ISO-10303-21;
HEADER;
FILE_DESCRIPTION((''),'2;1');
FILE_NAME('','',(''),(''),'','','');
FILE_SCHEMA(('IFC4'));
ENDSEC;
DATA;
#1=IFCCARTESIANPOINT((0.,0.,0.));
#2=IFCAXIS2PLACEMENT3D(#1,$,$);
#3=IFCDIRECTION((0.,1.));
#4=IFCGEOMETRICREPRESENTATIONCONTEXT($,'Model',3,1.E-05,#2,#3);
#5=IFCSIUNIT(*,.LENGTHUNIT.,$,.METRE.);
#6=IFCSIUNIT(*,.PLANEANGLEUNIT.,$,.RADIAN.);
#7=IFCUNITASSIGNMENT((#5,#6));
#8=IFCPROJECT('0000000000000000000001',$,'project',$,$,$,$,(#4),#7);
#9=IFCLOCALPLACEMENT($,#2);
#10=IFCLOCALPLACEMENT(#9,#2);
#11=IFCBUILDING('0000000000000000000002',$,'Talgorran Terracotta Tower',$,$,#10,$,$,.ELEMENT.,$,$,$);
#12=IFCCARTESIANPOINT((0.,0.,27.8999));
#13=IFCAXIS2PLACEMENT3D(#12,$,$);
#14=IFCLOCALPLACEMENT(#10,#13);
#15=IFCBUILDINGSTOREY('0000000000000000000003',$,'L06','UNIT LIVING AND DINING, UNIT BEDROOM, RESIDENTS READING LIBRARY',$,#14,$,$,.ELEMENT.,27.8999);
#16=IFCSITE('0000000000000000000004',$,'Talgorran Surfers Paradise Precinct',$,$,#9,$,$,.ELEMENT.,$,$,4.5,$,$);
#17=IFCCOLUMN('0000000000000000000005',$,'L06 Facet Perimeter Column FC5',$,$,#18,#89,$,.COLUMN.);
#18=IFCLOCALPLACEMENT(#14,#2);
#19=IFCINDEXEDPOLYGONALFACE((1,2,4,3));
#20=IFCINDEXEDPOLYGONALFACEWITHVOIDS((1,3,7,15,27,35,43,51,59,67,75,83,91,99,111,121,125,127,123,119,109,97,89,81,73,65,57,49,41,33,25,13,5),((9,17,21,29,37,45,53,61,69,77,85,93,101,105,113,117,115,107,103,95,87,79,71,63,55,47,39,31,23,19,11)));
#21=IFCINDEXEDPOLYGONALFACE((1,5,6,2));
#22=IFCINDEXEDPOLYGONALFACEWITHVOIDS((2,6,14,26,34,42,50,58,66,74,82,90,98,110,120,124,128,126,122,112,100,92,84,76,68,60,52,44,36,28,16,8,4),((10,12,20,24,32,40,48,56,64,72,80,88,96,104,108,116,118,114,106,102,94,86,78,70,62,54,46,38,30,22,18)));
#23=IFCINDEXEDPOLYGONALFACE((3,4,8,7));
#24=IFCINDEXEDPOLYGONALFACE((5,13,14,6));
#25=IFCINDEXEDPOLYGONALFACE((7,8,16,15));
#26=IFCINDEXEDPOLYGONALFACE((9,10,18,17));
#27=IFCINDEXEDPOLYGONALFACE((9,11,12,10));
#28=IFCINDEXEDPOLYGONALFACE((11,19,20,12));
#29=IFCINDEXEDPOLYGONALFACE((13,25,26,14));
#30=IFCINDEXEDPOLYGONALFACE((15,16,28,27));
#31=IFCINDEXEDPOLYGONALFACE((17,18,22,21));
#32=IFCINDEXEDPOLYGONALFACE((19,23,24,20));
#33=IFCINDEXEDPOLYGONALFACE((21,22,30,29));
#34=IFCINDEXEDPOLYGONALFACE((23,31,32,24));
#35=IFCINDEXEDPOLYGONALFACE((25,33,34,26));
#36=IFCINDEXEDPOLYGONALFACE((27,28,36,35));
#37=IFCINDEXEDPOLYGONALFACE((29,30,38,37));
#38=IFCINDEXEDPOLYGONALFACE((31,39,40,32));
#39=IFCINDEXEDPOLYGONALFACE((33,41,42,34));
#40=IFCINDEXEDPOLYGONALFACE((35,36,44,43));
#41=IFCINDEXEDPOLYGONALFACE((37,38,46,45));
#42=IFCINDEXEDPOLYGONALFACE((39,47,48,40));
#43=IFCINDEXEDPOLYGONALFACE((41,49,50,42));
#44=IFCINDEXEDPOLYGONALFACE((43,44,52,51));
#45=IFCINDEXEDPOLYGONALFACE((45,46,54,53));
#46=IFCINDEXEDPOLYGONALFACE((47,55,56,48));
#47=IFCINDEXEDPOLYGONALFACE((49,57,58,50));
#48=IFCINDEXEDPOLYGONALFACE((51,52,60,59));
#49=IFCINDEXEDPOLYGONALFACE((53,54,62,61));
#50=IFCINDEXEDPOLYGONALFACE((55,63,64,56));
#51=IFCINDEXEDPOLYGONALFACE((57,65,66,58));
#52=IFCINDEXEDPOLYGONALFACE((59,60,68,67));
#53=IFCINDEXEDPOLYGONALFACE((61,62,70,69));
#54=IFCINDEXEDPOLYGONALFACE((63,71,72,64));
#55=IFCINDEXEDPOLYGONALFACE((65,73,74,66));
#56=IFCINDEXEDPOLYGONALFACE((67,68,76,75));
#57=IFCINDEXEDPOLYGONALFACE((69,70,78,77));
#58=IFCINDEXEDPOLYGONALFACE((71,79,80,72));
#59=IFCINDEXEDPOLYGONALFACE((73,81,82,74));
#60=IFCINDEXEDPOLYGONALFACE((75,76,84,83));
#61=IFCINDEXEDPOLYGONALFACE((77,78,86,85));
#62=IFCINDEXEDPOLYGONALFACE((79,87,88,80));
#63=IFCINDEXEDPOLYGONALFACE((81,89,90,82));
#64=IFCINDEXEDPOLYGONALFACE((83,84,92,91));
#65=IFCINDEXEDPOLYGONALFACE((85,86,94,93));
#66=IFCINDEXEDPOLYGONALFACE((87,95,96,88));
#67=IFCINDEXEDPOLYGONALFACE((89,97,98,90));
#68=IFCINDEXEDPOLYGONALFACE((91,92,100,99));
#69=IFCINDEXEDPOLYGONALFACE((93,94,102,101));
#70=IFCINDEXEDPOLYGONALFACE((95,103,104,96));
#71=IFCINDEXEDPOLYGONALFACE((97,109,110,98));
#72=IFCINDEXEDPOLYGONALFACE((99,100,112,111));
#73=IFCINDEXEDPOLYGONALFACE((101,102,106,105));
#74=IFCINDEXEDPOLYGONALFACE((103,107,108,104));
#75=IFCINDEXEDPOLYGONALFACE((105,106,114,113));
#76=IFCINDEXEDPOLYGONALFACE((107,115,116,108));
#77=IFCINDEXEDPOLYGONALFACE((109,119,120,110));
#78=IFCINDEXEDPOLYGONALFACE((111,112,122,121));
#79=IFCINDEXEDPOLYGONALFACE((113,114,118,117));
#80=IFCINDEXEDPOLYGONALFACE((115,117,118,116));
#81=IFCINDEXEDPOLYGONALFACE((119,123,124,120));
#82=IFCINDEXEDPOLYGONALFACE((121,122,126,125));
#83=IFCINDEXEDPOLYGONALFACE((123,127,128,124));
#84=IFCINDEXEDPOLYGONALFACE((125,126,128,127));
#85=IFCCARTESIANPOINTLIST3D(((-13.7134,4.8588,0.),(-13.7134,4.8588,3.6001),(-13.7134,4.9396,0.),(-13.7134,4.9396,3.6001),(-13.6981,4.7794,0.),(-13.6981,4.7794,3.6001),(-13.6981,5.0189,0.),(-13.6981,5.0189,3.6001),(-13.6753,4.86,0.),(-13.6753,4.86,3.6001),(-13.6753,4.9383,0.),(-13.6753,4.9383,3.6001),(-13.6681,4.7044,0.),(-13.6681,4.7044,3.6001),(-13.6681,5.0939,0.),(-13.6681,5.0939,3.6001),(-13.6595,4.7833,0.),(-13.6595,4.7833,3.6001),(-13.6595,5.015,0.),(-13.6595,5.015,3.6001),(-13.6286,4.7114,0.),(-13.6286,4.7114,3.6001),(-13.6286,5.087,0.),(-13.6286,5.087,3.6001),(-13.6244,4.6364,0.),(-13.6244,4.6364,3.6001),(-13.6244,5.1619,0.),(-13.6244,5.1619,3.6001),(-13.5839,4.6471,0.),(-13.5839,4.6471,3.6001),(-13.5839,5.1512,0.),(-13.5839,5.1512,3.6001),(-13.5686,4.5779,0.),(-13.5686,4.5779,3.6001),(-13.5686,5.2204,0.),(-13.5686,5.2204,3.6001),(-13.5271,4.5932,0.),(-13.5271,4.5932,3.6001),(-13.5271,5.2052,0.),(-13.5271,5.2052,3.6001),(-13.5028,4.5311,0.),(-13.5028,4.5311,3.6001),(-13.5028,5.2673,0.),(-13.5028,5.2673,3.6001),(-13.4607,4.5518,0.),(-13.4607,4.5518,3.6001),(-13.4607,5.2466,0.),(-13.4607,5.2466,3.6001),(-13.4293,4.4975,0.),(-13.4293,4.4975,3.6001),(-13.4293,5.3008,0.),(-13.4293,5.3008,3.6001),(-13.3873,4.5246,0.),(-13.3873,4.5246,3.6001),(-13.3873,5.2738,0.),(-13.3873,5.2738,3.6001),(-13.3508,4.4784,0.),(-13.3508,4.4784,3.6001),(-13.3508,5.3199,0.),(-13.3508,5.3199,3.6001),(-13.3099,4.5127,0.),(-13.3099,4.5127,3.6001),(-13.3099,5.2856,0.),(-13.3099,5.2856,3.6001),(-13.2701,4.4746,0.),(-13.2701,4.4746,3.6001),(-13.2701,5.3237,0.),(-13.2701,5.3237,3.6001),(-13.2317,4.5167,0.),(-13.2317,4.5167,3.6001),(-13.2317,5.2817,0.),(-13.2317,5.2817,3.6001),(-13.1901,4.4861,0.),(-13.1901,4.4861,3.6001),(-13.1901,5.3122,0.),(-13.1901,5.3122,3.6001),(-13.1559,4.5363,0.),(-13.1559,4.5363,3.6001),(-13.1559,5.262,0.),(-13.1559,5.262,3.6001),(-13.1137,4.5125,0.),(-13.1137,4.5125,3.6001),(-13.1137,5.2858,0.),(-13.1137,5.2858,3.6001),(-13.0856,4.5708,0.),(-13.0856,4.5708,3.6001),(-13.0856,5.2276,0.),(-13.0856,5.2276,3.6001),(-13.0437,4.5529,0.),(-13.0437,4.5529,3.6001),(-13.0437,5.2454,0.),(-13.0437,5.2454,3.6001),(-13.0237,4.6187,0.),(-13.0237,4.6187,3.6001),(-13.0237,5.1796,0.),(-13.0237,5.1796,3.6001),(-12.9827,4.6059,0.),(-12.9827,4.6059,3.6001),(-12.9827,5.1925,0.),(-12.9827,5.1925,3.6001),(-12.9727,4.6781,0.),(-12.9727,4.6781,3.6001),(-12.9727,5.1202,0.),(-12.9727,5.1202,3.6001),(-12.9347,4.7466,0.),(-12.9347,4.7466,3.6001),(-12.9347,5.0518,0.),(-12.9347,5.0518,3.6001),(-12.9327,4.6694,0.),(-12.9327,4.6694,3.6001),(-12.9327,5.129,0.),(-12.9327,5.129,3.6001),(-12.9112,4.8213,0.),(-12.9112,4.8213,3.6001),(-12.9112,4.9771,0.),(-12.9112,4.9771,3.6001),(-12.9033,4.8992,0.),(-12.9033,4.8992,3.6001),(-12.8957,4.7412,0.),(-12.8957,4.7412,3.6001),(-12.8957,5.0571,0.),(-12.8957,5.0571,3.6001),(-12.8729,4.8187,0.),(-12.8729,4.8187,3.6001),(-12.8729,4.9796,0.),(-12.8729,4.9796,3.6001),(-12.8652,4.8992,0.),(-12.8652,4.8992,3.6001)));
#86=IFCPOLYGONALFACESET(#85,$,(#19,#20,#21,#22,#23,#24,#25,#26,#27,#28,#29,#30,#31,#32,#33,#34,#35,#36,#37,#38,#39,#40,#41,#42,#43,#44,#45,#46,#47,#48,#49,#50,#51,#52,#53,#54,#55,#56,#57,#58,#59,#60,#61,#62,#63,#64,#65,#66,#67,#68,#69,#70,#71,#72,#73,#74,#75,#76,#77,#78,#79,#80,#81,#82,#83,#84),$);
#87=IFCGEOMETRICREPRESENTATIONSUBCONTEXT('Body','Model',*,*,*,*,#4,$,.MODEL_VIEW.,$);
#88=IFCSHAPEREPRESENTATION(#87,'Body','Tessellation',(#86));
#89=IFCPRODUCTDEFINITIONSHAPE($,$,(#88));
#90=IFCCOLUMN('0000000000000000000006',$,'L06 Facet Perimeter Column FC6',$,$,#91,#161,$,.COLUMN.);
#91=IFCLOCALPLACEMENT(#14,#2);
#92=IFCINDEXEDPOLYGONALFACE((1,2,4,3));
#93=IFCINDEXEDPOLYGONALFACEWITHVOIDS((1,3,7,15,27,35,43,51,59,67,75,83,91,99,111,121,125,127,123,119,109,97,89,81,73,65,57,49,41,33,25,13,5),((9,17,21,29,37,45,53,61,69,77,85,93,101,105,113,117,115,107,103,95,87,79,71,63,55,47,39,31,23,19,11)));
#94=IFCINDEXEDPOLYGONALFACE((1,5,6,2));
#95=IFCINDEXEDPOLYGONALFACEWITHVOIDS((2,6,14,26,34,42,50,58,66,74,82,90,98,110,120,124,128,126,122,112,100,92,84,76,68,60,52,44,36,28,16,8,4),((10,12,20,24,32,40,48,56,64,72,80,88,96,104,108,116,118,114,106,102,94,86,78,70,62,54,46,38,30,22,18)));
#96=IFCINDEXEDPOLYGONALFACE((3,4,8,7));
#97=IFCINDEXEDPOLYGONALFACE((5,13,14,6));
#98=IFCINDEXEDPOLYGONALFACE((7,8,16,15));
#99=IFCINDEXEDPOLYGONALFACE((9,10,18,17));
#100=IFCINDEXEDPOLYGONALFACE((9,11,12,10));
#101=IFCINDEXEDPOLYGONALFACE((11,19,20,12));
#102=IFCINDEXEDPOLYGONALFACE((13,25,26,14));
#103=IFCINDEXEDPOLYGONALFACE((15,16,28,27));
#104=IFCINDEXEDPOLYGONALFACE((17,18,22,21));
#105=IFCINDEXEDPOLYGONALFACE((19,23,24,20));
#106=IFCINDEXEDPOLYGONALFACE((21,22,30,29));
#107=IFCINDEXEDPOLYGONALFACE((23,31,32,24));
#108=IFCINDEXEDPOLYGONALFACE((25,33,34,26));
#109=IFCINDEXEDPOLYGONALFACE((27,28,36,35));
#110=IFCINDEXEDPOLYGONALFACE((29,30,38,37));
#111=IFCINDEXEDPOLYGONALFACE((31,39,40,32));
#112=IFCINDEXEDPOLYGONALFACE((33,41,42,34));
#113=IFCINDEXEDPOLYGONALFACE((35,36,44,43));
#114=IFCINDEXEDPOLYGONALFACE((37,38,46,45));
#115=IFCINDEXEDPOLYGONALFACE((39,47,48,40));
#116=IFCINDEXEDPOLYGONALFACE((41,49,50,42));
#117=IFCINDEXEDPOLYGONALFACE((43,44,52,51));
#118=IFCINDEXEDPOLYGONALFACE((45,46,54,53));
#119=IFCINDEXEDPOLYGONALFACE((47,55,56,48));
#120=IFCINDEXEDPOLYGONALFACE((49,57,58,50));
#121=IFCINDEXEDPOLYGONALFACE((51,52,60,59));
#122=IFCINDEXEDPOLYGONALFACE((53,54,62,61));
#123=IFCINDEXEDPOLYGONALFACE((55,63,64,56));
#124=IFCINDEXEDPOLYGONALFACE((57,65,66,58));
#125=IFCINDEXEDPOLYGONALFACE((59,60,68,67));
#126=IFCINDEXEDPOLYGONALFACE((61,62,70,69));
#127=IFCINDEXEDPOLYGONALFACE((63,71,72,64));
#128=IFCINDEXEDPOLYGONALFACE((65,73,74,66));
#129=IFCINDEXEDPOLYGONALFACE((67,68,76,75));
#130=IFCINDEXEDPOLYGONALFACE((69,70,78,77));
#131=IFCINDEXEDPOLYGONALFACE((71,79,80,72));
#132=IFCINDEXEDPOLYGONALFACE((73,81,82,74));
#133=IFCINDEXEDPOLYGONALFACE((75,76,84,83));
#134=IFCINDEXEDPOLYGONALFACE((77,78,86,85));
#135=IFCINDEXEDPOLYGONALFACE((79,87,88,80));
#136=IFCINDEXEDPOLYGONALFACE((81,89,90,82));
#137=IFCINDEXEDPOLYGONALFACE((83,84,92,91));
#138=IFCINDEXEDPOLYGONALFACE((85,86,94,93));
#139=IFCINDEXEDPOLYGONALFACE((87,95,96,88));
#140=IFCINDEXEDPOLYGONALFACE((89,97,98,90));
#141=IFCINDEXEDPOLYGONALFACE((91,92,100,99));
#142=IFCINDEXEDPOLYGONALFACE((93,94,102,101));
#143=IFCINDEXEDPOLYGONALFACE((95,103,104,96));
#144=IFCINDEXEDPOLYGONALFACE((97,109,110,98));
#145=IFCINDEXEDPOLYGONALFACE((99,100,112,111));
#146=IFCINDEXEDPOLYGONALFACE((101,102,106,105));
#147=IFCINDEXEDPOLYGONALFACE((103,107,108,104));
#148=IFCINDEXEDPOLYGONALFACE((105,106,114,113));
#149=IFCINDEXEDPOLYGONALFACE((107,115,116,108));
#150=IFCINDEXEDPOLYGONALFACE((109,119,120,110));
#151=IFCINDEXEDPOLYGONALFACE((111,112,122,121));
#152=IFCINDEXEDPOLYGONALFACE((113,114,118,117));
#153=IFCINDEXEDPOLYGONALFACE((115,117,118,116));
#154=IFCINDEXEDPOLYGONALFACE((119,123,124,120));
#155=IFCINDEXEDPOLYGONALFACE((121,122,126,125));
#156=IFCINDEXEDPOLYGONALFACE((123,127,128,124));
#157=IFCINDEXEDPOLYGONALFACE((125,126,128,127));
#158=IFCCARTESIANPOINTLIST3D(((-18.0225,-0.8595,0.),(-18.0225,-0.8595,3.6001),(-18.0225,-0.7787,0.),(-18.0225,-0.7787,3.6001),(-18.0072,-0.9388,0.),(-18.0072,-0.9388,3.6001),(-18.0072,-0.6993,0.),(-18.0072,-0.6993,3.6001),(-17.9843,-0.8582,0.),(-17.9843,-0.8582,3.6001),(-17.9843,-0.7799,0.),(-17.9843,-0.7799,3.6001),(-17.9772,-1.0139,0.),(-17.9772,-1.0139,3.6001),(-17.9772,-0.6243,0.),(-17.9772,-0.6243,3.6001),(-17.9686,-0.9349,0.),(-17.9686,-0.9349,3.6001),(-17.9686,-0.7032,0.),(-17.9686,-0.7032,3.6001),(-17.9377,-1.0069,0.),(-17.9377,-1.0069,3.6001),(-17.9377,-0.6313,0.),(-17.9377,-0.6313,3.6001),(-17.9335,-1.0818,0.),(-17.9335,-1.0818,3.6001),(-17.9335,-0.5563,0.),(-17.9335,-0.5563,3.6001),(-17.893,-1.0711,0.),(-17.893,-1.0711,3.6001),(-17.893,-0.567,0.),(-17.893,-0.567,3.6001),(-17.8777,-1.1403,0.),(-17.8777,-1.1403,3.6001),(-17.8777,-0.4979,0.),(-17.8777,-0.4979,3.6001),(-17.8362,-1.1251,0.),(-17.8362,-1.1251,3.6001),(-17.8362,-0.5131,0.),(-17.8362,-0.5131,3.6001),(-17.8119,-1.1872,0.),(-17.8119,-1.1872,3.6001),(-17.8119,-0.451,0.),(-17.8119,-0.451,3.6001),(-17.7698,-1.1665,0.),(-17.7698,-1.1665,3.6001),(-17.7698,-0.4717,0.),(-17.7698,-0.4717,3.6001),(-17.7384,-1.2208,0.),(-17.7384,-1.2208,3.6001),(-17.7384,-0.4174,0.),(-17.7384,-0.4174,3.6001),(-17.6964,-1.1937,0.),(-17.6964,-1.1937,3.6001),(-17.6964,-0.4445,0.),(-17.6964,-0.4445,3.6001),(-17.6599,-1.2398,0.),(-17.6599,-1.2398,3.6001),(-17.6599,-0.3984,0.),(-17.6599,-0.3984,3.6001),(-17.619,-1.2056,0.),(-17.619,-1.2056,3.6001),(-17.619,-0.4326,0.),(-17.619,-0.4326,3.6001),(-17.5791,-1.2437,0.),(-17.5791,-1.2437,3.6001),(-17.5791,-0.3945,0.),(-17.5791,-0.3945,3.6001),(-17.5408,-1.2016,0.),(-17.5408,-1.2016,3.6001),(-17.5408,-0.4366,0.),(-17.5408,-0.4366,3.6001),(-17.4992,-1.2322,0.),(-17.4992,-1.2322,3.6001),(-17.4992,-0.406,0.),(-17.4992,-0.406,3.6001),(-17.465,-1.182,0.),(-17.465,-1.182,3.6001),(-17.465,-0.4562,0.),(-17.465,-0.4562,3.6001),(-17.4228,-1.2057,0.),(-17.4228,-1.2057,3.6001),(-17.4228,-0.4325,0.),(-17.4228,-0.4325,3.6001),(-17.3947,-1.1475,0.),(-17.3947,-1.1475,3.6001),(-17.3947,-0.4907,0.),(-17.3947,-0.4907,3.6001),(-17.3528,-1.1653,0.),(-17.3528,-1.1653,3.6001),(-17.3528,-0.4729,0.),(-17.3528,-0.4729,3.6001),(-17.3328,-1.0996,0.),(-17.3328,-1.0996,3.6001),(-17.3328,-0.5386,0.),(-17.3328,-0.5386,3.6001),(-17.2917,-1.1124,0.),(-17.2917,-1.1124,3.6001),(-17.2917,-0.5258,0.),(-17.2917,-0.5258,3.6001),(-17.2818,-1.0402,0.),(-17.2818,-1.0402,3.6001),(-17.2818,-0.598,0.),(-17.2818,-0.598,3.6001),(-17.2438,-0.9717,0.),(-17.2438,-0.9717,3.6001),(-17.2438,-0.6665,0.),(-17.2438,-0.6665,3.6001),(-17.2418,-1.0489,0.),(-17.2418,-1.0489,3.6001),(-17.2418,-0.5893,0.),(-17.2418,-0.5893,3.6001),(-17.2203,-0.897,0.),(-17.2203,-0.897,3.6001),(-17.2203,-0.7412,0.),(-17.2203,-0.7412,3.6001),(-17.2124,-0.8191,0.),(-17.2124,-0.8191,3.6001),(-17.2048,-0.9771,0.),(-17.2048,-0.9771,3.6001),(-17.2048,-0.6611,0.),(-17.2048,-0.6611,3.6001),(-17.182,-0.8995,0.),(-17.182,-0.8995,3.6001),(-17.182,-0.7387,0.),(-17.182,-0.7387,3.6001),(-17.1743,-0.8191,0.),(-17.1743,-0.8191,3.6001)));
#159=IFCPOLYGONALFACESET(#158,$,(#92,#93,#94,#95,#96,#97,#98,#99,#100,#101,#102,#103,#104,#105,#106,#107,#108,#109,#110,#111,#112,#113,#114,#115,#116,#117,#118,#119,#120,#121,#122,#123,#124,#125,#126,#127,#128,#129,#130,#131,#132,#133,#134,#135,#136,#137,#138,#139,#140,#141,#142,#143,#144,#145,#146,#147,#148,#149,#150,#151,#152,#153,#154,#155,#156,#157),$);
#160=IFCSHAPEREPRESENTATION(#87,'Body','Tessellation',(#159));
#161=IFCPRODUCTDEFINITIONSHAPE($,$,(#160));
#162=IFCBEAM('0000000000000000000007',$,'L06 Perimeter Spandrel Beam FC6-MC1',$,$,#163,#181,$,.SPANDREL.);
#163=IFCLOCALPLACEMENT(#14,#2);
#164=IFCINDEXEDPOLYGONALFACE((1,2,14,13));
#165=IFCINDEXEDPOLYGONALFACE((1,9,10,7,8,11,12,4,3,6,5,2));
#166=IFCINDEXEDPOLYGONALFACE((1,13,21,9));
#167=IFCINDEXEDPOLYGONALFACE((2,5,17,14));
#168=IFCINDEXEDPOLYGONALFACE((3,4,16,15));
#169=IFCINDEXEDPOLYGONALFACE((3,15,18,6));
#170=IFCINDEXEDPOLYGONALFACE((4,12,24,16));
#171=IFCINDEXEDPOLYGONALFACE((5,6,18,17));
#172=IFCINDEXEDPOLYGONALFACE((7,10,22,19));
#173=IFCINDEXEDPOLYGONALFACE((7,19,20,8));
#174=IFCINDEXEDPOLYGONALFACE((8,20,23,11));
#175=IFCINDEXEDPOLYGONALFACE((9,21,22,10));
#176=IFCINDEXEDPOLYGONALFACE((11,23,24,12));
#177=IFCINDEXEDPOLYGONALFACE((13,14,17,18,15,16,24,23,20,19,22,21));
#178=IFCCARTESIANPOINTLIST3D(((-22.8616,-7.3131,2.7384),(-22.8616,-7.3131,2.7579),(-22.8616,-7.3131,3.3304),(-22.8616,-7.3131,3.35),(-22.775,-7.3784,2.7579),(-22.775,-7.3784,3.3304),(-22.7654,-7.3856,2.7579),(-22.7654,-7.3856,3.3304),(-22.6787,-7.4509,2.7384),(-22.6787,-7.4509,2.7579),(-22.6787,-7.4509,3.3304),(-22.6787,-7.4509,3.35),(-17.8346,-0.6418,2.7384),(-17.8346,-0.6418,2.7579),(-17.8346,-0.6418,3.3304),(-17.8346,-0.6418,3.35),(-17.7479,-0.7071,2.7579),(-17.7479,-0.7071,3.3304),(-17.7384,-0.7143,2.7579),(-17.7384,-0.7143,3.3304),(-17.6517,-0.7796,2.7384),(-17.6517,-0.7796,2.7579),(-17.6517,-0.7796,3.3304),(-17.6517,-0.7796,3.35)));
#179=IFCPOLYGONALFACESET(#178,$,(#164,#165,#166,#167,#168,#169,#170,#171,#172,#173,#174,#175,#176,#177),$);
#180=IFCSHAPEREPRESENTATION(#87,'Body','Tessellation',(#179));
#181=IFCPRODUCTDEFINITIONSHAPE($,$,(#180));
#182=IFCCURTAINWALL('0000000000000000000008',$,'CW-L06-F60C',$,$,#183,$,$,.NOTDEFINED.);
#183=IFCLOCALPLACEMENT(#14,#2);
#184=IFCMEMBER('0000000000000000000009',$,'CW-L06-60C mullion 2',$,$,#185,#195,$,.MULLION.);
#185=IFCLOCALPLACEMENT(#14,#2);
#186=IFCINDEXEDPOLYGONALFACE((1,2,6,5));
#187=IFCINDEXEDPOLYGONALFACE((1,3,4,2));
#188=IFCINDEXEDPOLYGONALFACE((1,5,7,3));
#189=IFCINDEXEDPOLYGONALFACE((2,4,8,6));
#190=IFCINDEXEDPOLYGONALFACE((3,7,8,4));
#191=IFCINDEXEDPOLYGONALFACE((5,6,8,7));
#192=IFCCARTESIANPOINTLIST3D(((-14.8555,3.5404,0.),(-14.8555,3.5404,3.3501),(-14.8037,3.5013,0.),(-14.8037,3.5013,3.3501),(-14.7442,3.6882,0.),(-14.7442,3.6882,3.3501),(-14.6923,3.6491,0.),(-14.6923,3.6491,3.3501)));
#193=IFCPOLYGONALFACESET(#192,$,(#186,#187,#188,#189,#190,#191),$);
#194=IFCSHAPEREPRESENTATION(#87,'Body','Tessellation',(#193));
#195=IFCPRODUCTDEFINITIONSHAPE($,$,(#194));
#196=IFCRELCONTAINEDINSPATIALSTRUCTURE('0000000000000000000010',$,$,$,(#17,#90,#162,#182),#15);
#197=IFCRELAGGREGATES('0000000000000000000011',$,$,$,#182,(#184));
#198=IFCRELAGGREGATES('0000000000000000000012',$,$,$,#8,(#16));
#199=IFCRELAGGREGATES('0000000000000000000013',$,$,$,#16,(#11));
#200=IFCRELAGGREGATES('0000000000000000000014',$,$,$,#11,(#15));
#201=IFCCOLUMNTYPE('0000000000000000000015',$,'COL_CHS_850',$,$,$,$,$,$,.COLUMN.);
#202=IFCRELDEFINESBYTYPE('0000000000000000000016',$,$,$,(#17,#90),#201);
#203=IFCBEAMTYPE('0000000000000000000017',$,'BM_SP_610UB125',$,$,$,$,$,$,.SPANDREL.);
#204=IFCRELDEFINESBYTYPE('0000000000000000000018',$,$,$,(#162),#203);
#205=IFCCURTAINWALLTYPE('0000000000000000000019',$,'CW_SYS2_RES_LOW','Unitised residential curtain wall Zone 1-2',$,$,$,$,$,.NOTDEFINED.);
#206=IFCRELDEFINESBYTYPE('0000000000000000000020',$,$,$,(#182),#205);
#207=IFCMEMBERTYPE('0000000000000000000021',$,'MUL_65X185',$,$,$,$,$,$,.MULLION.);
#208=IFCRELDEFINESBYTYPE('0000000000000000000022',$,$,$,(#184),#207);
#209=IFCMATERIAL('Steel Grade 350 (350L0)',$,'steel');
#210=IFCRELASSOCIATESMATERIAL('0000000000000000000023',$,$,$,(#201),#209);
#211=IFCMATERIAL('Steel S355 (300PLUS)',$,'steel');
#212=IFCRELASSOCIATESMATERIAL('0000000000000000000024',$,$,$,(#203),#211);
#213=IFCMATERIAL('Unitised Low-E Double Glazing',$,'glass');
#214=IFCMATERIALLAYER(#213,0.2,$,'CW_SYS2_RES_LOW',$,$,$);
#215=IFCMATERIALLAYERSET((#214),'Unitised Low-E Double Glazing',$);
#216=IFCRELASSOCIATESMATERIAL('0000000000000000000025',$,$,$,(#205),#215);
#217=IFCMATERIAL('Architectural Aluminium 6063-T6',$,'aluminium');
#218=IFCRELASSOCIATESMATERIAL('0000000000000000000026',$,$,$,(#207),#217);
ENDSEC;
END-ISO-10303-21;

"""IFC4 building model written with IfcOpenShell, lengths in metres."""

from ifc_helpers import new_model, si_unit, direction, frame, origin, origin_2d, place, context, subcontext, project, spatial, rectangle, hollow_circle, i_section, extrude, material, layer, layer_set, material_profile, profile_set, type_object, element, aggregate, save


model = new_model("IFC4")

# Units and contexts
model_context = context("Model", 3, precision=1e-05, world=origin(), true_north=direction((0.0, 1.0)))
body_context = subcontext(model_context, "Body", "Model", "MODEL_VIEW")
ifc_project = project(units=[si_unit("LENGTHUNIT", "METRE"), si_unit("PLANEANGLEUNIT", "RADIAN")], contexts=[model_context])

# Site, building, storey
site_placement = place(None, origin())
site = spatial("IfcSite", under=ifc_project, at=site_placement, Name="Talgorran Surfers Paradise Precinct", CompositionType="ELEMENT", RefElevation=4.5)
building_placement = place(site_placement, origin())
building = spatial("IfcBuilding", under=site, at=building_placement, Name="Talgorran Terracotta Tower", CompositionType="ELEMENT")
storey_placement = place(building_placement, frame((0.0, 0.0, 27.8999)))
storey = spatial("IfcBuildingStorey", under=building, at=storey_placement, Name="L06", Description="UNIT LIVING AND DINING, UNIT BEDROOM, RESIDENTS READING LIBRARY", CompositionType="ELEMENT", Elevation=27.8999)

# Columns
ifc_material_1 = material(Name="Steel Grade 350 (350L0)", Category="steel")
ifc_material_profile_1 = material_profile(ifc_material_1, hollow_circle(Radius=0.425, WallThickness=0.0381, at=origin_2d()), Name="CHS850X38")
ifc_profile_set_1 = profile_set([ifc_material_profile_1], Name="Steel Grade 350 (350L0)")
column_type = type_object("IfcColumnType", Name="COL_CHS_850", PredefinedType="COLUMN", material=ifc_profile_set_1)
for number, where, z_axis, x_axis, name in (
    (1, (-13.2903, 4.8992, 0.0), (0.0, 0.0, 1.0), (1.0, 0.0, 0.0), "L06 Facet Perimeter Column FC5"),
    (2, (-17.5994, -0.8191, 0.0), (0.0, 0.0, 1.0), (1.0, 0.0, 0.0), "L06 Facet Perimeter Column FC6"),
):
    element("IfcColumn", number, at=place(storey_placement, frame(where, z_axis=z_axis, x_axis=x_axis)), inside=storey, type_object=column_type, Name=name, PredefinedType="COLUMN", context=body_context, shape_type="SweptSolid", body=[
        extrude(hollow_circle(Radius=0.425, WallThickness=0.0381, at=origin_2d()), origin(), (0.0, 0.0, 1.0), 3.6001),
    ])

# Beam
ifc_material_2 = material(Name="Steel S355 (300PLUS)", Category="steel")
ifc_material_profile_2 = material_profile(ifc_material_2, i_section(OverallWidth=0.229, OverallDepth=0.6116, WebThickness=0.012, FlangeThickness=0.0195, at=origin_2d()), Name="610UB125")
ifc_profile_set_2 = profile_set([ifc_material_profile_2], Name="Steel S355 (300PLUS)")
beam_type = type_object("IfcBeamType", Name="BM_SP_610UB125", PredefinedType="SPANDREL", material=ifc_profile_set_2)
beam_placement = place(storey_placement, frame((-17.7432, -0.7107, 3.0442), z_axis=(-0.601804, -0.798644, 0.0), x_axis=(0.798644, -0.601804, 0.0)))
element("IfcBeam", 3, at=beam_placement, inside=storey, type_object=beam_type, Name="L06 Perimeter Spandrel Beam FC6-MC1", PredefinedType="SPANDREL", context=body_context, shape_type="SweptSolid", body=[
    extrude(i_section(OverallWidth=0.229, OverallDepth=0.6116, WebThickness=0.012, FlangeThickness=0.0195, at=origin_2d()), origin(), (0.0, 0.0, 1.0), 8.3533),
])

# Curtain wall, member
ifc_material_3 = material(Name="Unitised Low-E Double Glazing", Category="glass")
ifc_layer_1 = layer(ifc_material_3, 0.2, Name="CW_SYS2_RES_LOW")
ifc_layer_set_1 = layer_set([ifc_layer_1], Name="Unitised Low-E Double Glazing")
curtain_wall_type = type_object("IfcCurtainWallType", Name="CW_SYS2_RES_LOW", Description="Unitised residential curtain wall Zone 1-2", PredefinedType="NOTDEFINED", material=ifc_layer_set_1)
curtain_wall_1_placement = place(storey_placement, origin())
curtain_wall_1 = element("IfcCurtainWall", 4, at=curtain_wall_1_placement, inside=storey, type_object=curtain_wall_type, Name="CW-L06-F60C", PredefinedType="NOTDEFINED")
ifc_material_4 = material(Name="Architectural Aluminium 6063-T6", Category="aluminium")
ifc_material_profile_3 = material_profile(ifc_material_4, rectangle(XDim=0.0649, YDim=0.1851, at=origin_2d()), Name="CWM65X185")
ifc_profile_set_3 = profile_set([ifc_material_profile_3], Name="Architectural Aluminium 6063-T6")
member_type_1 = type_object("IfcMemberType", Name="MUL_65X185", PredefinedType="MULLION", material=ifc_profile_set_3)
member_1_placement = place(storey_placement, frame((-14.7739, 3.5947, 0.0), z_axis=(0.0, 0.0, 1.0), x_axis=(0.798645, -0.601802, 0.0)))
member_1 = element("IfcMember", 5, at=member_1_placement, type_object=member_type_1, Name="CW-L06-60C mullion 2", PredefinedType="MULLION", context=body_context, shape_type="SweptSolid", body=[
    extrude(rectangle(XDim=0.0649, YDim=0.1851, at=origin_2d()), origin(), (0.0, 0.0, 1.0), 3.3501),
])
aggregate(curtain_wall_1, [member_1])

save(model, "model.ifc")
